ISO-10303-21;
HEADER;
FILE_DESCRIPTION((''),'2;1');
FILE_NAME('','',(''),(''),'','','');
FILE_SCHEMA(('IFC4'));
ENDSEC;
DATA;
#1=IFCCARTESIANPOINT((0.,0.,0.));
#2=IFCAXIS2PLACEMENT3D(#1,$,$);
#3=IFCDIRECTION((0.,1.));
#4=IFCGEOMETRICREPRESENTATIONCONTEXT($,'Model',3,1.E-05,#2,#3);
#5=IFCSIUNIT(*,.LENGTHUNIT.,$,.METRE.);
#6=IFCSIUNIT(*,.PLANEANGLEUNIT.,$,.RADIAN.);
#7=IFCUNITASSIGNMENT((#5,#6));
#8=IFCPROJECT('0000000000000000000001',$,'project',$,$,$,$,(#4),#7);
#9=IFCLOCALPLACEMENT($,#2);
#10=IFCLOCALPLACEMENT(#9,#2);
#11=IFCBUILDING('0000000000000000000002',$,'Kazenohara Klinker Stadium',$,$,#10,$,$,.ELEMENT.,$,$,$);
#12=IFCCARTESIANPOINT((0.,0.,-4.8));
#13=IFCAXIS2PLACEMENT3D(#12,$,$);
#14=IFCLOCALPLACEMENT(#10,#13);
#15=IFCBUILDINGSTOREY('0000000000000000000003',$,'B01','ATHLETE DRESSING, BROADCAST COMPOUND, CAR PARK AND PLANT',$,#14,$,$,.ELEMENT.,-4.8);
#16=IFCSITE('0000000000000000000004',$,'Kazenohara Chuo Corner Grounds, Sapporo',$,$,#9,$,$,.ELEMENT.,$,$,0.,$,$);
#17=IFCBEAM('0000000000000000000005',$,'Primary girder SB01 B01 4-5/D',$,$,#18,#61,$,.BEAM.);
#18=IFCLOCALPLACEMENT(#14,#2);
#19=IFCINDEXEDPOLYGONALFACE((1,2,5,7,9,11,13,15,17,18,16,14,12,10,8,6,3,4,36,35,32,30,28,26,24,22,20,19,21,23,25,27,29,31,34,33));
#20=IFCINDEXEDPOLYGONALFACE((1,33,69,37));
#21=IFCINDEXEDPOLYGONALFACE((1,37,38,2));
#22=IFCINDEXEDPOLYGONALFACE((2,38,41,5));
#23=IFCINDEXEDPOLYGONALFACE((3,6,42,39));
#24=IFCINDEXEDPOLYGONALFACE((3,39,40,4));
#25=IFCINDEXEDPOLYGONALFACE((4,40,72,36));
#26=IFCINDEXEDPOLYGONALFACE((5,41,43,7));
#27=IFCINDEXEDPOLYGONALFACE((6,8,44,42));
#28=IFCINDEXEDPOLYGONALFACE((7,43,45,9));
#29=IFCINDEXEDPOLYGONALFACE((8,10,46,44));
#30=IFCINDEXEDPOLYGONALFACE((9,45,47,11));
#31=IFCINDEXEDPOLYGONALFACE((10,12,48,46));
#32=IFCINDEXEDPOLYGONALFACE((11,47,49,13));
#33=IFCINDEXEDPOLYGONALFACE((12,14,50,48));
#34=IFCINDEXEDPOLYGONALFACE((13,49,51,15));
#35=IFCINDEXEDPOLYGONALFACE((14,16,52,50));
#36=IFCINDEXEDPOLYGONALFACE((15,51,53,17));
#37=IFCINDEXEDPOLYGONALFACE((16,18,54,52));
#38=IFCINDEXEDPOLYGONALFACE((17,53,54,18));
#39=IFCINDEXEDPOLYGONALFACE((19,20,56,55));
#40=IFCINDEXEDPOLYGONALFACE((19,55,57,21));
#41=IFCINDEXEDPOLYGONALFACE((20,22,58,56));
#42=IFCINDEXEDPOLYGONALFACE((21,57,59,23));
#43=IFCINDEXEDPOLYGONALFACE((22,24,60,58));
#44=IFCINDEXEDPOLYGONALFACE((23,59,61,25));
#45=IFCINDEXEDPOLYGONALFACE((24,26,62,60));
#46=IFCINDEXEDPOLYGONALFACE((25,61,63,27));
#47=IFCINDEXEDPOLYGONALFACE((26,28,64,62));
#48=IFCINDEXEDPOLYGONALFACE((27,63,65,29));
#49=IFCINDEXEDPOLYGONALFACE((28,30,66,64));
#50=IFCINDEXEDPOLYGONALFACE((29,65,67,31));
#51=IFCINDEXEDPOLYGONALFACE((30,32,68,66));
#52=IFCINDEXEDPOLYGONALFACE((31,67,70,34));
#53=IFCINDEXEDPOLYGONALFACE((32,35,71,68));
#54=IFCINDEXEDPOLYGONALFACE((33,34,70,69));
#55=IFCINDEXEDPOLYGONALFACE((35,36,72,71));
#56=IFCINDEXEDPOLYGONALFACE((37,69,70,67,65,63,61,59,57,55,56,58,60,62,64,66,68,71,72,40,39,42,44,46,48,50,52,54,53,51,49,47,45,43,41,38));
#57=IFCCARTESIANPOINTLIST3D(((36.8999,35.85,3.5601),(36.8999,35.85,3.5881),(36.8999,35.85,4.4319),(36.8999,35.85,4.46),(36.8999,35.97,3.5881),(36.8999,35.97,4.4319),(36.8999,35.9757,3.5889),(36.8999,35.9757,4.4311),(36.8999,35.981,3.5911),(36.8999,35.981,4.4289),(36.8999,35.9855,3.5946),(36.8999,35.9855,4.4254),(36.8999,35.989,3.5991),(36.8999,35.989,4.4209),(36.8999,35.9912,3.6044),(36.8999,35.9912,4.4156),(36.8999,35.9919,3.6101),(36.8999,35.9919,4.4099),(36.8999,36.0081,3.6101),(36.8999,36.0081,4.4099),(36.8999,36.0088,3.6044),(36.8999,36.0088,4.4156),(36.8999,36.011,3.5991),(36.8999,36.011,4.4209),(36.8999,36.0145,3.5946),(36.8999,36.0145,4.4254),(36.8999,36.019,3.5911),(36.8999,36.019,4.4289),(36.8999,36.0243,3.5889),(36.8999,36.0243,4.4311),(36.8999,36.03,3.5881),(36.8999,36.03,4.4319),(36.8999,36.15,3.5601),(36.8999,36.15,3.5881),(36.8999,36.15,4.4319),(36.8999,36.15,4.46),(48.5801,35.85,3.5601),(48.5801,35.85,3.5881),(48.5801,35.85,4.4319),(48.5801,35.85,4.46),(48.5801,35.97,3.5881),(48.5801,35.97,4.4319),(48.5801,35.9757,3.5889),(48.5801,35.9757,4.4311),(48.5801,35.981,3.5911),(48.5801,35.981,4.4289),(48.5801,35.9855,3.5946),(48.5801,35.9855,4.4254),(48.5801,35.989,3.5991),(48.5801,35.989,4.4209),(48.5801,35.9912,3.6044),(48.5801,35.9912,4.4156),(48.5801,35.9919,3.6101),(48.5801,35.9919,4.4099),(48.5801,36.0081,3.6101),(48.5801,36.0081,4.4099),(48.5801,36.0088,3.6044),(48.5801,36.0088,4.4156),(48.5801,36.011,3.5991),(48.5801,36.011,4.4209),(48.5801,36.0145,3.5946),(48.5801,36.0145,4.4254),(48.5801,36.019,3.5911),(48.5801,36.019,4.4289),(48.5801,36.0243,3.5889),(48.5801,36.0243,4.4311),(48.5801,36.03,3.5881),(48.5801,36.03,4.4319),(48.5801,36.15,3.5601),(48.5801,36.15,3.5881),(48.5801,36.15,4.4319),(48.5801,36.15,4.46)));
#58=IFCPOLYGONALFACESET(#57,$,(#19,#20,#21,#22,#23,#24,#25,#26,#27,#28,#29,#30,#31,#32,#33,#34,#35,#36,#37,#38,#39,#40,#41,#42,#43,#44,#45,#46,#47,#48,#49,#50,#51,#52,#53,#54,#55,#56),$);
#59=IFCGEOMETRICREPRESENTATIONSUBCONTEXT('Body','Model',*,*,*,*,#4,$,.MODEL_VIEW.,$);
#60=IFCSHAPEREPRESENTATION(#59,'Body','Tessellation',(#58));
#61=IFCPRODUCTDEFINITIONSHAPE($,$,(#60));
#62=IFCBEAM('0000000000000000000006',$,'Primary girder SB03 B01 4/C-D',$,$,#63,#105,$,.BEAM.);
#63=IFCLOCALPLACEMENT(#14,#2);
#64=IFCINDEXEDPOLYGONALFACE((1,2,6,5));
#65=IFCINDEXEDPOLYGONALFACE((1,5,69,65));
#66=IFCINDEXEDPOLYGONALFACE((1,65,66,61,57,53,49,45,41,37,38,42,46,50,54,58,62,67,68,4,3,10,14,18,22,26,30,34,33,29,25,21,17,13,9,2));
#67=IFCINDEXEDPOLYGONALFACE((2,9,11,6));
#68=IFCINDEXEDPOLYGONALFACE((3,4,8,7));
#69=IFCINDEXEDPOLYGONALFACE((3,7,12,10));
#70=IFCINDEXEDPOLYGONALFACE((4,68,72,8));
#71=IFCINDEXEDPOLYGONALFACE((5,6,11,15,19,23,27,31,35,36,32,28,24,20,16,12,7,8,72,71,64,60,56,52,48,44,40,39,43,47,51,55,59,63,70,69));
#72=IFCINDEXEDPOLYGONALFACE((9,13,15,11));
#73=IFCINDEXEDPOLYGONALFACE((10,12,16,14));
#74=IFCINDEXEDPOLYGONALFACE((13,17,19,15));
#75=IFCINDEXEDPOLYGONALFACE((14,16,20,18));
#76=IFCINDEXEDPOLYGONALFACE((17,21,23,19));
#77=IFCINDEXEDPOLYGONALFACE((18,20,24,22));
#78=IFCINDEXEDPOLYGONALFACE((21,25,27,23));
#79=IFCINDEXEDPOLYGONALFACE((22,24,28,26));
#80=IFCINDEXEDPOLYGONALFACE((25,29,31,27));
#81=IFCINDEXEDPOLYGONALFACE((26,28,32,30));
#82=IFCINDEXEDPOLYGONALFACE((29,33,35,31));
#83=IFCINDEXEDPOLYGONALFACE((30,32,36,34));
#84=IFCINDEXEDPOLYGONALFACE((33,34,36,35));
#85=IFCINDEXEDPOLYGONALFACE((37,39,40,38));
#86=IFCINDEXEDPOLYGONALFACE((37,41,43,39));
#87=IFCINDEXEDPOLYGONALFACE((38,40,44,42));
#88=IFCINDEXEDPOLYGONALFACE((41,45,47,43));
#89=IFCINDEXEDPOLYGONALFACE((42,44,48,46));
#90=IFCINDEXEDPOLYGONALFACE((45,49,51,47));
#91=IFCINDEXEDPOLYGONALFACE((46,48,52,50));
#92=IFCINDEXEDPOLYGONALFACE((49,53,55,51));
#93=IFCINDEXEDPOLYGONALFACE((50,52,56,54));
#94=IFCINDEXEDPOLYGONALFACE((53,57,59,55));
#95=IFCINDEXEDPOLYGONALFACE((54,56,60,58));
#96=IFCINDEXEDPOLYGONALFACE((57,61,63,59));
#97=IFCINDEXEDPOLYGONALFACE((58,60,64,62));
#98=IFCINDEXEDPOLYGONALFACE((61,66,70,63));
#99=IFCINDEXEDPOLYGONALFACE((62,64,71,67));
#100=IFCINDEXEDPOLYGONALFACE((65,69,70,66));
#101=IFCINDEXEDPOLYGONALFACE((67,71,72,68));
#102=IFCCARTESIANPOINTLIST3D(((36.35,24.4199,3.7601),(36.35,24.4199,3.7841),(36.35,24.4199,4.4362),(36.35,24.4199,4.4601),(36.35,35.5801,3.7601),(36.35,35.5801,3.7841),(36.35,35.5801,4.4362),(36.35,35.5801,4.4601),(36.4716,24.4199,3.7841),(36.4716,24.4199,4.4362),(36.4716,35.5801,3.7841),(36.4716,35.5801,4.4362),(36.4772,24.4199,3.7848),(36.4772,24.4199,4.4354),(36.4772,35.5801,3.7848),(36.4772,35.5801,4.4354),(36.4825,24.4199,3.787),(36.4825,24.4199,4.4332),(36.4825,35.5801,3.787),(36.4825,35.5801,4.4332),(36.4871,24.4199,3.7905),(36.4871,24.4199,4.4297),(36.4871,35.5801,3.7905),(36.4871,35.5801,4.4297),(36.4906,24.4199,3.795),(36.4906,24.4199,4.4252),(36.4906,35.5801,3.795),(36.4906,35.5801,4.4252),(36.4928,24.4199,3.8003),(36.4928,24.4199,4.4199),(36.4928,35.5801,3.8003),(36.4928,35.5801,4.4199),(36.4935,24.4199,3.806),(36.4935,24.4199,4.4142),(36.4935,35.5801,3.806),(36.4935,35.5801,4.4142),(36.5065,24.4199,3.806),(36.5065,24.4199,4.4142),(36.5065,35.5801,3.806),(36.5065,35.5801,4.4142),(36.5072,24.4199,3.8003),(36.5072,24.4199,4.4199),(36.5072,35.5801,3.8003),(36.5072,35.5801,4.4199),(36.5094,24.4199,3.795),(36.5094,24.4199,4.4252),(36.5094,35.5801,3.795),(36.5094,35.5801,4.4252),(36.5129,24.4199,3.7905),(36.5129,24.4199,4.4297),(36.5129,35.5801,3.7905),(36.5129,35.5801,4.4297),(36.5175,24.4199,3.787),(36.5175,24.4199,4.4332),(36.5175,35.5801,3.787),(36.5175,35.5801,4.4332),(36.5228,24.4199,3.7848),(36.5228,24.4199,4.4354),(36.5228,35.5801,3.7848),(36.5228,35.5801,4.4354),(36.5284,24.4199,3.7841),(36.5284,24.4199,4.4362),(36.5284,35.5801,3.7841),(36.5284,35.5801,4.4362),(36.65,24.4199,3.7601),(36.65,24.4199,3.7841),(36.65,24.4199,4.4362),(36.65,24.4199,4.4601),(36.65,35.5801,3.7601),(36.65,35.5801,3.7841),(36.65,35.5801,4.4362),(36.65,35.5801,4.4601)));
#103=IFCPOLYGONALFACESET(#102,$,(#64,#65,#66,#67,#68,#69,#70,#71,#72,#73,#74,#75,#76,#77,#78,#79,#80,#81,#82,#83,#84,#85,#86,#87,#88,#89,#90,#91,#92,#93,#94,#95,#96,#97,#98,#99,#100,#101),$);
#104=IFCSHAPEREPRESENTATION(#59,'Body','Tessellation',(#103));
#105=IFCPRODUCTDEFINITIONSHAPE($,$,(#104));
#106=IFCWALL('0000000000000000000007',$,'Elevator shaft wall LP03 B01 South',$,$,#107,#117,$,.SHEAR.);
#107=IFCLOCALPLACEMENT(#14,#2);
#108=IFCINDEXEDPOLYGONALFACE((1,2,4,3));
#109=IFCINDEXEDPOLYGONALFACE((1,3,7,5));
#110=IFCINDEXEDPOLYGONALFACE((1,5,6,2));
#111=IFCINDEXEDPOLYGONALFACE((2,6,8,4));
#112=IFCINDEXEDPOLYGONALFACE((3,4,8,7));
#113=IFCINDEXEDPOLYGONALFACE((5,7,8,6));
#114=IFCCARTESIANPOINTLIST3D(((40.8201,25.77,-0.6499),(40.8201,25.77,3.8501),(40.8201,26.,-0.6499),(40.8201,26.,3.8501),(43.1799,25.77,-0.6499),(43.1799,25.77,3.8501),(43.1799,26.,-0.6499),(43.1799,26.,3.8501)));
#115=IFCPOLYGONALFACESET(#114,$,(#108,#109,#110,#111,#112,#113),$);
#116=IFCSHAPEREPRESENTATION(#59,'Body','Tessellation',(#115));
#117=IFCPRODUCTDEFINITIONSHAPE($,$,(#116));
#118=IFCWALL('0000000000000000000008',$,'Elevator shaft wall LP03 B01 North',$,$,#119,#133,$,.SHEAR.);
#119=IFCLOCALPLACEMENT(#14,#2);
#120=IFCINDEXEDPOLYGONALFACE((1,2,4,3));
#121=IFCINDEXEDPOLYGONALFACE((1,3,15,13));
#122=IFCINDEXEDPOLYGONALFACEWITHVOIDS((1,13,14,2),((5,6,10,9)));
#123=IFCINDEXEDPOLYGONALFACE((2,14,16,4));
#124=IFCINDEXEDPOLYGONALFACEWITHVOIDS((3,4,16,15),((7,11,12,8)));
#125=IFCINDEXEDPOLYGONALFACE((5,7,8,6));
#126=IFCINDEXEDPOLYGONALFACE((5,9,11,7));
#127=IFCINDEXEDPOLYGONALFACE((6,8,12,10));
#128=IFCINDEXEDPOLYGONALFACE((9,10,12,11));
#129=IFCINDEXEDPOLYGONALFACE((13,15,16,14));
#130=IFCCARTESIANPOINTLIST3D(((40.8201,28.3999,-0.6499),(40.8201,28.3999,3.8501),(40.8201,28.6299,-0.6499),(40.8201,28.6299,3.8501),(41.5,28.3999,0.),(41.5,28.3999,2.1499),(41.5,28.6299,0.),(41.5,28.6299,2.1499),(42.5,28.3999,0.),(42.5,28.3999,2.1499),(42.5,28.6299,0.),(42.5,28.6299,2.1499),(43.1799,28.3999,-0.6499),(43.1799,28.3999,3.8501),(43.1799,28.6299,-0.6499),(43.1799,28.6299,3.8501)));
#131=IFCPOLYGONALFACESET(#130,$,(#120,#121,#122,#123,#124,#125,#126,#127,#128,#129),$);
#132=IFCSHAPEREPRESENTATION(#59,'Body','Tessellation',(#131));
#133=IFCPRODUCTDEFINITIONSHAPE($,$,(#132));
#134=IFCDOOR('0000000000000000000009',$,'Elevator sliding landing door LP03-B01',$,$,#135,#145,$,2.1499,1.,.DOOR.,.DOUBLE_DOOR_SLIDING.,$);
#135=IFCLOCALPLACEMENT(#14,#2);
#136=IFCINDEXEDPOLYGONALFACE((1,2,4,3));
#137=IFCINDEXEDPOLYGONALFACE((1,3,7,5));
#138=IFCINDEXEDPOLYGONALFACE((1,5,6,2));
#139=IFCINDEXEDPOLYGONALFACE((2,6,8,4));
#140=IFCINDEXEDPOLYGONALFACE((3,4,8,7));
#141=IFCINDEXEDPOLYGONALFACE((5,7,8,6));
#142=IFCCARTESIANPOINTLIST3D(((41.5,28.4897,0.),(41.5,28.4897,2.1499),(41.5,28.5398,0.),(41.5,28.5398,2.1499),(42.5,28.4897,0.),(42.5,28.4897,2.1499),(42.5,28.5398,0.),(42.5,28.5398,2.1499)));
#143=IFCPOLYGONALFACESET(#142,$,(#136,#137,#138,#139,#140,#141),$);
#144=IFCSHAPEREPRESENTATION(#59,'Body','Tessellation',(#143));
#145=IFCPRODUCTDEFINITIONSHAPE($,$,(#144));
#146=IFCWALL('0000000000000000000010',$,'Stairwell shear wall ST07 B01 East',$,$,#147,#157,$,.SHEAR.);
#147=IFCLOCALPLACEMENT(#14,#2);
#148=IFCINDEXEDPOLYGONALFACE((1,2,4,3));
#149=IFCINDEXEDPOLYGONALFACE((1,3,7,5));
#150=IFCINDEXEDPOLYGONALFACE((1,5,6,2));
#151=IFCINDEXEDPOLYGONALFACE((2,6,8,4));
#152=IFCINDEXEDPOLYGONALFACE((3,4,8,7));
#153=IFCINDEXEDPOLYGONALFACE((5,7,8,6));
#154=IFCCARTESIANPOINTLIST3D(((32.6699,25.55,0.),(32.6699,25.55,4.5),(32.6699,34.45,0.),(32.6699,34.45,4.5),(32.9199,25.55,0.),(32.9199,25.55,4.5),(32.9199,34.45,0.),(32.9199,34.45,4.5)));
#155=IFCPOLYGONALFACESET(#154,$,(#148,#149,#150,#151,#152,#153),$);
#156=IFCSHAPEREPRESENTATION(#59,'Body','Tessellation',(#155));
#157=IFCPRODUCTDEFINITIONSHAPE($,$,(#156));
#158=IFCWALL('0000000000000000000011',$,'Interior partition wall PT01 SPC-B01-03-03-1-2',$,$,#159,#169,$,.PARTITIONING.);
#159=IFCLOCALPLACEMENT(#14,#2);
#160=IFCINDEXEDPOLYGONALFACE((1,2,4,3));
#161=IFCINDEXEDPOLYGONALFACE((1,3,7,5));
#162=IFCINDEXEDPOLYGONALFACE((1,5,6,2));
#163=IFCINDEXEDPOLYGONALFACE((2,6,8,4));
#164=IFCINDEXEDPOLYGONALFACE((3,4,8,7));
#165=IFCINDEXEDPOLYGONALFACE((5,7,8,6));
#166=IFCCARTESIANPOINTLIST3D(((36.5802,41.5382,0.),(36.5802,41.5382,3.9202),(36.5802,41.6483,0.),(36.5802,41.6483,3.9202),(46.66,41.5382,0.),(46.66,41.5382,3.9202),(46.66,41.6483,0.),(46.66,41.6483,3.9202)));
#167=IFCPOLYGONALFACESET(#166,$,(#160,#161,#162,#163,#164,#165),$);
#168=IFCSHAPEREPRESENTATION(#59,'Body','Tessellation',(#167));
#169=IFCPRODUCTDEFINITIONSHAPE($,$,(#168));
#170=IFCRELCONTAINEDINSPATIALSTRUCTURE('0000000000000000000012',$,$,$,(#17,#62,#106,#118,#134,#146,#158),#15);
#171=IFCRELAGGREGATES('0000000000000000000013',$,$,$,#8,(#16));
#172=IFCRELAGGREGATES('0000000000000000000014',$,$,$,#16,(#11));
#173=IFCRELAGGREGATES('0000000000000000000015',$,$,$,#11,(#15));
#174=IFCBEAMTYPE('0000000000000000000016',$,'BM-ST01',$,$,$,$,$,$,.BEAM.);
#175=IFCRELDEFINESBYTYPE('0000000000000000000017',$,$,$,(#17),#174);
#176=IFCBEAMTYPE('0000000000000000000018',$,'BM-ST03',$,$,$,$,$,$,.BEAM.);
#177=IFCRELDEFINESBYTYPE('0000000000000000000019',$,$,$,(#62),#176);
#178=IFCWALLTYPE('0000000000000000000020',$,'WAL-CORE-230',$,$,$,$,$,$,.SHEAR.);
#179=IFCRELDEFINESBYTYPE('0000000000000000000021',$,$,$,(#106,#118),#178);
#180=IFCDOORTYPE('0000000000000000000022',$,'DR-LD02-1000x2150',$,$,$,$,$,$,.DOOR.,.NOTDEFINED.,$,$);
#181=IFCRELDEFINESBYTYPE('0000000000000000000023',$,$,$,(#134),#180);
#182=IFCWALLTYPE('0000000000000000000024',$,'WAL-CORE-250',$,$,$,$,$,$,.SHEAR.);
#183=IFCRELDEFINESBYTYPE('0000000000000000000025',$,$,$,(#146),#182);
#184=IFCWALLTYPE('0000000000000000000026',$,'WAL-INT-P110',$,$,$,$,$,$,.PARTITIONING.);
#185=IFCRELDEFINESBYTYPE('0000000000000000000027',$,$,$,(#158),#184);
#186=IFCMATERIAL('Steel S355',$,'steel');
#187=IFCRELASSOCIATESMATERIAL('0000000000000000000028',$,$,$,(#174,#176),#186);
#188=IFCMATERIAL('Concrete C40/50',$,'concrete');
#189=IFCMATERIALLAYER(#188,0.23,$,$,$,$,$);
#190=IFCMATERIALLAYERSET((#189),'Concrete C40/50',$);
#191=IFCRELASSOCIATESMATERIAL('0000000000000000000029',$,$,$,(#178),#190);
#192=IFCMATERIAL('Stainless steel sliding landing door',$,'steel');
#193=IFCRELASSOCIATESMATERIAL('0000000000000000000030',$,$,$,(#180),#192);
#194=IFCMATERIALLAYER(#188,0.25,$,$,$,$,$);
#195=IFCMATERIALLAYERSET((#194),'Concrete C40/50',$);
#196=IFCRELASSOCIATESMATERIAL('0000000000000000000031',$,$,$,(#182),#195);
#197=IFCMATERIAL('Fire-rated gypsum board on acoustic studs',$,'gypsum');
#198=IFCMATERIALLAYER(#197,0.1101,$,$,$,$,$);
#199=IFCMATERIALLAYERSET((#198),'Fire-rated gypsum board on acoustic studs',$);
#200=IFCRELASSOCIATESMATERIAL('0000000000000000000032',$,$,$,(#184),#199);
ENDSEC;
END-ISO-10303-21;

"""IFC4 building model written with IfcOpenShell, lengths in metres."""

from ifc_helpers import new_model, si_unit, direction, frame, frame_2d, origin, origin_2d, place, context, subcontext, project, spatial, rectangle, i_section, extrude, material, layer, layer_set, material_profile, profile_set, type_object, element, fill, save


model = new_model("IFC4")

# Units and contexts
model_context = context("Model", 3, precision=1e-05, world=origin(), true_north=direction((0.0, 1.0)))
body_context = subcontext(model_context, "Body", "Model", "MODEL_VIEW")
ifc_project = project(units=[si_unit("LENGTHUNIT", "METRE"), si_unit("PLANEANGLEUNIT", "RADIAN")], contexts=[model_context])

# Site, building, storey
site_placement = place(None, origin())
site = spatial("IfcSite", under=ifc_project, at=site_placement, Name="Kazenohara Chuo Corner Grounds, Sapporo", CompositionType="ELEMENT", RefElevation=0.0)
building_placement = place(site_placement, origin())
building = spatial("IfcBuilding", under=site, at=building_placement, Name="Kazenohara Klinker Stadium", CompositionType="ELEMENT")
storey_placement = place(building_placement, frame((0.0, 0.0, -4.8)))
storey = spatial("IfcBuildingStorey", under=building, at=storey_placement, Name="B01", Description="ATHLETE DRESSING, BROADCAST COMPOUND, CAR PARK AND PLANT", CompositionType="ELEMENT", Elevation=-4.8)

# Shared definitions
ifc_material_1 = material(Name="Concrete C40/50", Category="concrete")

# Beams
ifc_material_2 = material(Name="Steel S355", Category="steel")
ifc_material_profile_1 = material_profile(ifc_material_2, i_section(OverallWidth=0.3, OverallDepth=0.8999, WebThickness=0.0161, FlangeThickness=0.0281, FilletRadius=0.022, at=origin_2d()), Name="H-900x300x16x28")
ifc_profile_set_1 = profile_set([ifc_material_profile_1], Name="Steel S355")
beam_type_1 = type_object("IfcBeamType", Name="BM-ST01", PredefinedType="BEAM", material=ifc_profile_set_1)
beam_1_placement = place(storey_placement, frame((36.8999, 36.0, 4.01), z_axis=(1.0, 0.0, 0.0), x_axis=(0.0, 1.0, 0.0)))
element("IfcBeam", 1, at=beam_1_placement, inside=storey, type_object=beam_type_1, Name="Primary girder SB01 B01 4-5/D", PredefinedType="BEAM", context=body_context, shape_type="SweptSolid", body=[
    extrude(i_section(OverallWidth=0.3, OverallDepth=0.8999, WebThickness=0.0161, FlangeThickness=0.0281, FilletRadius=0.022, at=origin_2d()), origin(), (0.0, 0.0, 1.0), 11.6802),
])
ifc_material_profile_2 = material_profile(ifc_material_2, i_section(OverallWidth=0.3, OverallDepth=0.7, WebThickness=0.0129, FlangeThickness=0.0239, FilletRadius=0.022, at=origin_2d()), Name="H-700x300x13x24")
ifc_profile_set_2 = profile_set([ifc_material_profile_2], Name="Steel S355")
beam_type_2 = type_object("IfcBeamType", Name="BM-ST03", PredefinedType="BEAM", material=ifc_profile_set_2)
beam_2_placement = place(storey_placement, frame((36.5, 24.4199, 4.1101), z_axis=(0.0, 1.0, 0.0), x_axis=(-1.0, 0.0, 0.0)))
element("IfcBeam", 2, at=beam_2_placement, inside=storey, type_object=beam_type_2, Name="Primary girder SB03 B01 4/C-D", PredefinedType="BEAM", context=body_context, shape_type="SweptSolid", body=[
    extrude(i_section(OverallWidth=0.3, OverallDepth=0.7, WebThickness=0.0129, FlangeThickness=0.0239, FilletRadius=0.022, at=origin_2d()), origin(), (0.0, 0.0, 1.0), 11.1602),
])

# Wall
ifc_layer_1 = layer(ifc_material_1, 0.23)
ifc_layer_set_1 = layer_set([ifc_layer_1], Name="Concrete C40/50")
wall_type_1 = type_object("IfcWallType", Name="WAL-CORE-230", PredefinedType="SHEAR", material=ifc_layer_set_1)
wall_1_placement = place(storey_placement, frame((40.8201, 25.885, -0.6499), z_axis=(0.0, 0.0, 1.0), x_axis=(1.0, 0.0, 0.0)))
element("IfcWall", 3, at=wall_1_placement, inside=storey, type_object=wall_type_1, Name="Elevator shaft wall LP03 B01 South", PredefinedType="SHEAR", context=body_context, shape_type="SweptSolid", body=[
    extrude(rectangle(XDim=2.3599, YDim=0.23, at=frame_2d((1.1799, 0.0))), origin(), (0.0, 0.0, 1.0), 4.5),
])

# Wall, opening, door
wall_2_placement = place(storey_placement, frame((40.8201, 28.5149, -0.6499), z_axis=(0.0, 0.0, 1.0), x_axis=(1.0, 0.0, 0.0)))
wall_2 = element("IfcWall", 4, at=wall_2_placement, inside=storey, type_object=wall_type_1, Name="Elevator shaft wall LP03 B01 North", PredefinedType="SHEAR", context=body_context, shape_type="SweptSolid", body=[
    extrude(rectangle(XDim=2.3599, YDim=0.23, at=frame_2d((1.1799, 0.0))), origin(), (0.0, 0.0, 1.0), 4.5),
])
opening_1_placement = place(wall_2_placement, frame((0.6799, 0.0, 0.6499)))
opening_1 = element("IfcOpeningElement", 5, at=opening_1_placement, cuts=wall_2, PredefinedType="OPENING", context=body_context, shape_type="SweptSolid", body=[
    extrude(rectangle(XDim=1.0, YDim=2.1499, at=frame_2d((0.5, 1.075))), frame((0.0, 0.125, 0.0), z_axis=(0.0, -1.0, 0.0), x_axis=(1.0, 0.0, 0.0)), (0.0, 0.0, 1.0), 0.25),
])
ifc_material_3 = material(Name="Stainless steel sliding landing door", Category="steel")
door_type_1 = type_object("IfcDoorType", Name="DR-LD02-1000x2150", OperationType="NOTDEFINED", PredefinedType="DOOR", material=ifc_material_3)
door_1_placement = place(opening_1_placement, origin())
door_1 = element("IfcDoor", 6, at=door_1_placement, inside=storey, type_object=door_type_1, Name="Elevator sliding landing door LP03-B01", OperationType="DOUBLE_DOOR_SLIDING", OverallHeight=2.1499, OverallWidth=1.0, PredefinedType="DOOR", context=body_context, shape_type="SweptSolid", body=[
    extrude(rectangle(XDim=1.0, YDim=2.1499, at=frame_2d((0.5, 1.075))), frame((0.0, 0.0249, 0.0), z_axis=(0.0, -1.0, 0.0), x_axis=(1.0, 0.0, 0.0)), (0.0, 0.0, 1.0), 0.05),
])
fill(opening_1, door_1)

# Walls
ifc_layer_2 = layer(ifc_material_1, 0.25)
ifc_layer_set_2 = layer_set([ifc_layer_2], Name="Concrete C40/50")
wall_type_2 = type_object("IfcWallType", Name="WAL-CORE-250", PredefinedType="SHEAR", material=ifc_layer_set_2)
wall_3_placement = place(storey_placement, frame((32.7949, 25.55, 0.0), z_axis=(0.0, 0.0, 1.0), x_axis=(0.0, 1.0, 0.0)))
element("IfcWall", 7, at=wall_3_placement, inside=storey, type_object=wall_type_2, Name="Stairwell shear wall ST07 B01 East", PredefinedType="SHEAR", context=body_context, shape_type="SweptSolid", body=[
    extrude(rectangle(XDim=8.8999, YDim=0.25, at=frame_2d((4.45, 0.0))), origin(), (0.0, 0.0, 1.0), 4.5),
])
ifc_material_4 = material(Name="Fire-rated gypsum board on acoustic studs", Category="gypsum")
ifc_layer_3 = layer(ifc_material_4, 0.1101)
ifc_layer_set_3 = layer_set([ifc_layer_3], Name="Fire-rated gypsum board on acoustic studs")
wall_type_3 = type_object("IfcWallType", Name="WAL-INT-P110", PredefinedType="PARTITIONING", material=ifc_layer_set_3)
wall_4_placement = place(storey_placement, frame((36.5801, 41.5933, 0.0), z_axis=(0.0, 0.0, 1.0), x_axis=(1.0, 0.0, 0.0)))
element("IfcWall", 8, at=wall_4_placement, inside=storey, type_object=wall_type_3, Name="Interior partition wall PT01 SPC-B01-03-03-1-2", PredefinedType="PARTITIONING", context=body_context, shape_type="SweptSolid", body=[
    extrude(rectangle(XDim=10.0798, YDim=0.1101, at=frame_2d((5.04, 0.0))), origin(), (0.0, 0.0, 1.0), 3.9202),
])

save(model, "model.ifc")
